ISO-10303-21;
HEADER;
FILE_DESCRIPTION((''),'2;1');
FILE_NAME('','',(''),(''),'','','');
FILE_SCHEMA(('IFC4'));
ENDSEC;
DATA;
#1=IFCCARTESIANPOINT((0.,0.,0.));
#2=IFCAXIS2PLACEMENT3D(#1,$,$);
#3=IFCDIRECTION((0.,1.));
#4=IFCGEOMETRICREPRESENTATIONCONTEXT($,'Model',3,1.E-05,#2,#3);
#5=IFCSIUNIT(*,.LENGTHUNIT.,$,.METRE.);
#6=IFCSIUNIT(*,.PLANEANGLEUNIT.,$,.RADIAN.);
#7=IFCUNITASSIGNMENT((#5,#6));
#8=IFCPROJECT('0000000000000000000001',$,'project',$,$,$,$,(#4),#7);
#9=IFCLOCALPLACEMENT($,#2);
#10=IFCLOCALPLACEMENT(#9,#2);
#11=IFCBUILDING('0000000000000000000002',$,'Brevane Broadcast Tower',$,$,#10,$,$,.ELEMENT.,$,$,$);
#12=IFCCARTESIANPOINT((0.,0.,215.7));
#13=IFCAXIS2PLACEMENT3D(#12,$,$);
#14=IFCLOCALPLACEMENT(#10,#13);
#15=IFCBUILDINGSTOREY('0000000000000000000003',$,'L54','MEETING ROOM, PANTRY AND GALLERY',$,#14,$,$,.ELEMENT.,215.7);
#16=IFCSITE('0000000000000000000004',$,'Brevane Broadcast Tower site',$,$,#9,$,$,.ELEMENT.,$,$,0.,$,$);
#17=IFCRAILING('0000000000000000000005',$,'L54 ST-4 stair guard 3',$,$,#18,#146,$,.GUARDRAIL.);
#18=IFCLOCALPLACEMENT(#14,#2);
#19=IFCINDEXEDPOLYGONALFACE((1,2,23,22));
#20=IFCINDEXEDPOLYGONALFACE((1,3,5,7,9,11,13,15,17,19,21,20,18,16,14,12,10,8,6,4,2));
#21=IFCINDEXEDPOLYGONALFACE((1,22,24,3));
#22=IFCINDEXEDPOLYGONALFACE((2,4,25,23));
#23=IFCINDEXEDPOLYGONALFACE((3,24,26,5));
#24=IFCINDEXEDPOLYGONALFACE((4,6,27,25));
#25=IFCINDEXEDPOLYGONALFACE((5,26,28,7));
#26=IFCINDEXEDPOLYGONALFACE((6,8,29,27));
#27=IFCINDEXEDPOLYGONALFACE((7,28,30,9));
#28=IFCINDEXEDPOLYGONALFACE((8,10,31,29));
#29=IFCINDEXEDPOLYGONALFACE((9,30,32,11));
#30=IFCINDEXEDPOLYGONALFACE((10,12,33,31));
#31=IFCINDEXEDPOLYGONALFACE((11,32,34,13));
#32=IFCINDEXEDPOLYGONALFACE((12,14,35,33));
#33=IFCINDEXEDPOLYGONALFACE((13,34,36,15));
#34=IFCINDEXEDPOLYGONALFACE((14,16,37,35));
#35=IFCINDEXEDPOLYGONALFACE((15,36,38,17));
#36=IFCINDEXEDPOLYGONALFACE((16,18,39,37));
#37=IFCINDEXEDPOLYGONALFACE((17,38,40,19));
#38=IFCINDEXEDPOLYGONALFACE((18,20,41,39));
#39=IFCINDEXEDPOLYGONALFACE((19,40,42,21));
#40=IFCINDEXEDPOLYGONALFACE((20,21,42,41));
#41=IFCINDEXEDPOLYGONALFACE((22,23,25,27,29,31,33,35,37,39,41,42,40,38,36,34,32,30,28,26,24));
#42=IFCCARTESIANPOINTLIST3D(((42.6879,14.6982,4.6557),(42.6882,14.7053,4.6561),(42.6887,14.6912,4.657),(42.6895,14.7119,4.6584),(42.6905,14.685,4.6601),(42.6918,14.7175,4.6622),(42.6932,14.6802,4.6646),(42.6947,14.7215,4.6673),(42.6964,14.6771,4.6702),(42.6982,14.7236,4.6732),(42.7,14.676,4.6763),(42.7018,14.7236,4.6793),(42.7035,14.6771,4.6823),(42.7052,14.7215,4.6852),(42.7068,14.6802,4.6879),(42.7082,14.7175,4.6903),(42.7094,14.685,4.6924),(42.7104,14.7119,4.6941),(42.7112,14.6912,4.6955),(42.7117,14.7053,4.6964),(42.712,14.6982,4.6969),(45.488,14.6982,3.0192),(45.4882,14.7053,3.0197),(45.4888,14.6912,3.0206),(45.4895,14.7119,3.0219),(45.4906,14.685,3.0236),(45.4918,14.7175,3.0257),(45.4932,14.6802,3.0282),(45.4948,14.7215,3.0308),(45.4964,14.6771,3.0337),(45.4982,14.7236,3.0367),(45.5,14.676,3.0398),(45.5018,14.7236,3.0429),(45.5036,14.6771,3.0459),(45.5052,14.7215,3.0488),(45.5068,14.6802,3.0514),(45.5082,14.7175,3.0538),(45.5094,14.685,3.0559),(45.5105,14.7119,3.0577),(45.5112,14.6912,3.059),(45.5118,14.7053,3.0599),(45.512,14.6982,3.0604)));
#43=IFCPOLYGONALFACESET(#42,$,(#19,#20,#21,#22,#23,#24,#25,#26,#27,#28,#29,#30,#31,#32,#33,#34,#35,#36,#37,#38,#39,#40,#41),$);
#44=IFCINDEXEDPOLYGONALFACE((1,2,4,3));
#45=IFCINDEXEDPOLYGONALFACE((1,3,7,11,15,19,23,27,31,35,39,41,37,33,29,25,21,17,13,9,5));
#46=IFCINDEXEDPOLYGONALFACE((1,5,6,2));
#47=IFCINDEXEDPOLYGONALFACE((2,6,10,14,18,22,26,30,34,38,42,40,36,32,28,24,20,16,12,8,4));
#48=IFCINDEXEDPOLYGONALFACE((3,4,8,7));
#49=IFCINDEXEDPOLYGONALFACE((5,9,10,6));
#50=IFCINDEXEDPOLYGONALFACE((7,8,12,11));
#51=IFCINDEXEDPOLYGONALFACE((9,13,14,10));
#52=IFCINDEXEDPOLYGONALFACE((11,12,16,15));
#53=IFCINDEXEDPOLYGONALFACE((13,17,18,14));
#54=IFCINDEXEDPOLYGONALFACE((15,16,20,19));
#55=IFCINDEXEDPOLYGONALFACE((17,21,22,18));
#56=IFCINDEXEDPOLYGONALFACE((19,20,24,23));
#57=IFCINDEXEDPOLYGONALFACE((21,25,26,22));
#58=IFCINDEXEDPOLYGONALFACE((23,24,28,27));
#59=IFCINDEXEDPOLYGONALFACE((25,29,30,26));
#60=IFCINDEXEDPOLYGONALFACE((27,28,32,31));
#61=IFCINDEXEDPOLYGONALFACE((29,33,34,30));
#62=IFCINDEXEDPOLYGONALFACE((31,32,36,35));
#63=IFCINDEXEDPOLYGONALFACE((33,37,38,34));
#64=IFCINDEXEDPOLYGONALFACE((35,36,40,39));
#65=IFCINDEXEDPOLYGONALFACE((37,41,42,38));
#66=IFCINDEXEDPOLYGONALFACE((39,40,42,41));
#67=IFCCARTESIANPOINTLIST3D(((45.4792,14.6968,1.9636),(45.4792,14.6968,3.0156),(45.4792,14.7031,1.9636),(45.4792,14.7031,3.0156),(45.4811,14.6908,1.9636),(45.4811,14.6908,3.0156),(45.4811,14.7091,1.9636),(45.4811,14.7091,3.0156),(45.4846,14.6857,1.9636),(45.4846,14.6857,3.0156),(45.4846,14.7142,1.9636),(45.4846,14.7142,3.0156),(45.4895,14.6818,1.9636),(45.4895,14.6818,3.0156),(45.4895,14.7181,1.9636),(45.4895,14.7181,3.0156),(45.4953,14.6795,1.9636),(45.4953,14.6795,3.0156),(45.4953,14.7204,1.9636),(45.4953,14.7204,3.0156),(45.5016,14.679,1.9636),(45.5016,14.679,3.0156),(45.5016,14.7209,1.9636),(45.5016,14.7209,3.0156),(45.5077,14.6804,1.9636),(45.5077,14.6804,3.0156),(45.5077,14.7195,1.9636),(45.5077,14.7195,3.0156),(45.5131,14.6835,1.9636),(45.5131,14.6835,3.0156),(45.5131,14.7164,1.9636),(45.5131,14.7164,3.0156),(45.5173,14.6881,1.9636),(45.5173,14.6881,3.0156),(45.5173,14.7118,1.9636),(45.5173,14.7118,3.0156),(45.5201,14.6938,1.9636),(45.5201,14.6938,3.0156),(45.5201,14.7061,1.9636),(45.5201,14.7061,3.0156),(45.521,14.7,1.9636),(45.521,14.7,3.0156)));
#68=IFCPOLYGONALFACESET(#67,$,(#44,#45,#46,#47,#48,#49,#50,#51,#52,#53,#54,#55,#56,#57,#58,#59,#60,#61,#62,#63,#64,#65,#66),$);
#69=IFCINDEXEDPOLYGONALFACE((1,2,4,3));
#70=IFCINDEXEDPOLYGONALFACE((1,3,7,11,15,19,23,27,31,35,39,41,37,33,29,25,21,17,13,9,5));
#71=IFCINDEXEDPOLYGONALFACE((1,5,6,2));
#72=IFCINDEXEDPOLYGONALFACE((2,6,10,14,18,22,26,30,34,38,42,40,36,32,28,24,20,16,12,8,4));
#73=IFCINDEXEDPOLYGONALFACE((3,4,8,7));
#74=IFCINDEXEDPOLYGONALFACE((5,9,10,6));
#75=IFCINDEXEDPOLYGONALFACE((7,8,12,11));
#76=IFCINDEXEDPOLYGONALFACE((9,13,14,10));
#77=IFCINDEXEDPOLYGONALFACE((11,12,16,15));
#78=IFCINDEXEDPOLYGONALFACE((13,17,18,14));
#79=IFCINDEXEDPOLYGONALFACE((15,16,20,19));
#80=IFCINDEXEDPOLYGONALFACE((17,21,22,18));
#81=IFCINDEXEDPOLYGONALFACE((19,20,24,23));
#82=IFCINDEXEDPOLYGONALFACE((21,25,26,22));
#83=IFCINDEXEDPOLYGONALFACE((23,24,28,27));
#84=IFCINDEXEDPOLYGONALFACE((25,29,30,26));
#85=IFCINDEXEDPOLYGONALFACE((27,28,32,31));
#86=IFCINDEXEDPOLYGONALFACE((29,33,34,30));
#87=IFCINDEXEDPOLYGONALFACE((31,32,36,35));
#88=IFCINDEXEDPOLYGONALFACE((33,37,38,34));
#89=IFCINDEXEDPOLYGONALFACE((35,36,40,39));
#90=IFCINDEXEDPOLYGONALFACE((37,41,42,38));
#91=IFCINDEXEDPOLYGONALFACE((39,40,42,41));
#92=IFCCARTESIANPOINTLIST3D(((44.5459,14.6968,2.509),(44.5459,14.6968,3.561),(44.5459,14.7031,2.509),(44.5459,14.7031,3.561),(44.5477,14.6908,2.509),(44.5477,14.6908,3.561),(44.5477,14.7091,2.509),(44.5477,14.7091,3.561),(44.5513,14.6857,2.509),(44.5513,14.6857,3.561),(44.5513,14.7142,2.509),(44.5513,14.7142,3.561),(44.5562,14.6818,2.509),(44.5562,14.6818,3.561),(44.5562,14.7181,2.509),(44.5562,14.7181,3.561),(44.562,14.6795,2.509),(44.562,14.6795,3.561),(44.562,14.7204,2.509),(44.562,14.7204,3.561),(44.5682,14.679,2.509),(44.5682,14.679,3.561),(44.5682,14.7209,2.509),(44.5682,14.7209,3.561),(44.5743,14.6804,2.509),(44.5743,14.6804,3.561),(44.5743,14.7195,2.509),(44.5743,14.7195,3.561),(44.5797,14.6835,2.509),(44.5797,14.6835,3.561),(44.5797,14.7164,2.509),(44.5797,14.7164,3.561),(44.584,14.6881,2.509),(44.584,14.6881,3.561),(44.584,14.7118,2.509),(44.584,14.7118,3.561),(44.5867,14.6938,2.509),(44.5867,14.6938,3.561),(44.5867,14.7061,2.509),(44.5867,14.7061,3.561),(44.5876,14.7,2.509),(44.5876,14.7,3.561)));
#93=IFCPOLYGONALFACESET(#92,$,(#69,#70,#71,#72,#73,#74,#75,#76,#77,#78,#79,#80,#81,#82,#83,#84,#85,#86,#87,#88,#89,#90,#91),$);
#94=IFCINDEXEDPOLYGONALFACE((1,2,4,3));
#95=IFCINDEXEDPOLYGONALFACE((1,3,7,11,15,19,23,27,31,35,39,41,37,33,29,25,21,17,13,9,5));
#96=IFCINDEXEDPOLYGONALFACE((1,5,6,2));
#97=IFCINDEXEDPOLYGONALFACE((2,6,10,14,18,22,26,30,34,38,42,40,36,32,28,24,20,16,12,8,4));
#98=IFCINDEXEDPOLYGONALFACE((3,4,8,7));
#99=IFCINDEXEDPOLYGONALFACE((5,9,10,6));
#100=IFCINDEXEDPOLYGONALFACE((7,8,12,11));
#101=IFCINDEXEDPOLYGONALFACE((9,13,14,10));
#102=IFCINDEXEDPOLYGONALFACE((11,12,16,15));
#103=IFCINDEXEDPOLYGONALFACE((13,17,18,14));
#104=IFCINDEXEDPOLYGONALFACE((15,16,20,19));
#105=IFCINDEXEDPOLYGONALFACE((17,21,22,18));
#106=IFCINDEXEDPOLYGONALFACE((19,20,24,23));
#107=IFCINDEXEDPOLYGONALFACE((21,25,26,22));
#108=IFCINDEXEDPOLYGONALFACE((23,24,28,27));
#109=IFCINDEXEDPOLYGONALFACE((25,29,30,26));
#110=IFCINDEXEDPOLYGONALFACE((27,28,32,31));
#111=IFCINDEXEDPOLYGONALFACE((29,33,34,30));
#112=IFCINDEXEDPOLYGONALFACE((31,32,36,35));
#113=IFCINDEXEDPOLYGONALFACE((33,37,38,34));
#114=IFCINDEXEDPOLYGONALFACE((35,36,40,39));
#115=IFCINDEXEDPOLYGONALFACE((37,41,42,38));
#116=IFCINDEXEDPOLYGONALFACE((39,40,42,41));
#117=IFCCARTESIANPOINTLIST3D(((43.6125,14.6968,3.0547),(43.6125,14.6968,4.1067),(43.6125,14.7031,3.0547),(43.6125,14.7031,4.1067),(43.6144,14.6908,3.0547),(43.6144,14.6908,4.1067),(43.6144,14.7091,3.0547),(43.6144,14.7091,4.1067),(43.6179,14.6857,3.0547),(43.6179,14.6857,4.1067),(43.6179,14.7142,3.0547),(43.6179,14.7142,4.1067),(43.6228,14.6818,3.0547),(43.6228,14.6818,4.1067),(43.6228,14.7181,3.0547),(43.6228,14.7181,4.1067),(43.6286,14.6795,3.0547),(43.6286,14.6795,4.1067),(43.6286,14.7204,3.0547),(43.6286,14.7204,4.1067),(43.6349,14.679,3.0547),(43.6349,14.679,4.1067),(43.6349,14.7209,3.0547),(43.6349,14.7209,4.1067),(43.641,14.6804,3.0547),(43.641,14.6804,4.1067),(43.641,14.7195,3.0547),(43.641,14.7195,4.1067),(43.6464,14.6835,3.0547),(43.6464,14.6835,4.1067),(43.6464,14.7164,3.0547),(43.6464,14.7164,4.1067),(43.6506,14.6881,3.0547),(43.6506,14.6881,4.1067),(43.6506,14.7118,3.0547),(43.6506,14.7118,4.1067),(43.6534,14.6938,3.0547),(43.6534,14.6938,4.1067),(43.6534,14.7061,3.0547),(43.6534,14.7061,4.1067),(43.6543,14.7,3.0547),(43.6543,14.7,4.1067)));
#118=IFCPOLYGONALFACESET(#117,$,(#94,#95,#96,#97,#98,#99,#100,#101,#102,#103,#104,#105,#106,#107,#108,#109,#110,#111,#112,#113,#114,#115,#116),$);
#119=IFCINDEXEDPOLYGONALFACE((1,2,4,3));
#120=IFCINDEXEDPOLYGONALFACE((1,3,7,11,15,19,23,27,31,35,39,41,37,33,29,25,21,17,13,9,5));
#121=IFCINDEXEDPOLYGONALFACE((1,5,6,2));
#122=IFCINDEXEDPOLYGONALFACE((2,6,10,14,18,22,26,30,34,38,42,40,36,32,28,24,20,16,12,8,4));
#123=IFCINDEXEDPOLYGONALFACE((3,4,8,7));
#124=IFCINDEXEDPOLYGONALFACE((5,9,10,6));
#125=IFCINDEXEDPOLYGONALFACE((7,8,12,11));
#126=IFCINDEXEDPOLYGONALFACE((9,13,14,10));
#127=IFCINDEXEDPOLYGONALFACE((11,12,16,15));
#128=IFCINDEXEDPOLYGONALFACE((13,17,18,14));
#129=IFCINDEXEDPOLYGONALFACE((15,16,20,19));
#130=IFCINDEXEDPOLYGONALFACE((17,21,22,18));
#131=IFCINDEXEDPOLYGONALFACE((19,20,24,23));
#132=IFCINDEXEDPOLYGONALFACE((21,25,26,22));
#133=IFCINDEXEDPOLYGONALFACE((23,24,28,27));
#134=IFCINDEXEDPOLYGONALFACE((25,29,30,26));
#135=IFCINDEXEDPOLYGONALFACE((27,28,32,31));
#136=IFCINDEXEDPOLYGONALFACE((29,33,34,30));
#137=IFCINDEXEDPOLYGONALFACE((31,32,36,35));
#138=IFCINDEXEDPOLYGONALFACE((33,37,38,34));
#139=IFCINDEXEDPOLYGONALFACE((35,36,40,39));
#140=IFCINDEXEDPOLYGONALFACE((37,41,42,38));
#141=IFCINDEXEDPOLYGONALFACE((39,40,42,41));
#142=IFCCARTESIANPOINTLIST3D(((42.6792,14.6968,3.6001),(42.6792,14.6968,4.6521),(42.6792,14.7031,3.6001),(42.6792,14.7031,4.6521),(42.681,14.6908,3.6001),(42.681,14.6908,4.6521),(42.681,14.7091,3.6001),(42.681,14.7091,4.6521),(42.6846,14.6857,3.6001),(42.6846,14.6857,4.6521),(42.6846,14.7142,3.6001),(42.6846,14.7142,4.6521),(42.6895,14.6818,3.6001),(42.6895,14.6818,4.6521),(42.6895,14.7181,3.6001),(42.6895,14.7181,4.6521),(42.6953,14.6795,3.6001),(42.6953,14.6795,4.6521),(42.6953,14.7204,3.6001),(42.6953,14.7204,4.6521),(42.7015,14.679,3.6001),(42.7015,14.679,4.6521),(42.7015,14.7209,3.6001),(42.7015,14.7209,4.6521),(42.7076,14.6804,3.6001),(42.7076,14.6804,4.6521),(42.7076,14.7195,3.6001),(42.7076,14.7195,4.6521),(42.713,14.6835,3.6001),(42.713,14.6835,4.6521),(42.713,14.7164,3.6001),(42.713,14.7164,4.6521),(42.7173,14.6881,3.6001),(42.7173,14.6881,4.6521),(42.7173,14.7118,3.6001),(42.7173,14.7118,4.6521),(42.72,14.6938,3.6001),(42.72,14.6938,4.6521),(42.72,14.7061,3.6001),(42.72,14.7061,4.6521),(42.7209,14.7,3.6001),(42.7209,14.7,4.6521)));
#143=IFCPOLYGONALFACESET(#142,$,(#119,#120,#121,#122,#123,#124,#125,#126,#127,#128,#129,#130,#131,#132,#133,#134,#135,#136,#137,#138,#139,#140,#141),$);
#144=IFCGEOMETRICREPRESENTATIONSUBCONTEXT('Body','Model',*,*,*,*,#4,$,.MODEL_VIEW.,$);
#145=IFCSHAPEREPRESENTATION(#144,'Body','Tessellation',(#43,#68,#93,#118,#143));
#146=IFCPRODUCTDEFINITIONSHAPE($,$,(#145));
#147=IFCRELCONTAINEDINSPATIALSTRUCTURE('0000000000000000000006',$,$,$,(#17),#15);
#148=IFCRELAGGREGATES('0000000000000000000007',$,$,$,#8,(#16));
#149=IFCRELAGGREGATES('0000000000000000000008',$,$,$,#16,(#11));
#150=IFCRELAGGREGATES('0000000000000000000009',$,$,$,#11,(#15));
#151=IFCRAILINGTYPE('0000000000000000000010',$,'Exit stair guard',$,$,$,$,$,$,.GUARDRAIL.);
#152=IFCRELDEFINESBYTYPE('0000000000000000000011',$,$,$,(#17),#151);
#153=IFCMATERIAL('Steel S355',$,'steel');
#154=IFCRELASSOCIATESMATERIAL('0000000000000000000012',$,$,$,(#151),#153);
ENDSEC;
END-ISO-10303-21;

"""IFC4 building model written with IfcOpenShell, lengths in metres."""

from ifc_helpers import new_model, si_unit, direction, frame, origin, origin_2d, place, context, subcontext, project, spatial, circle, extrude, material, type_object, element, save


model = new_model("IFC4")

# Units and contexts
model_context = context("Model", 3, precision=1e-05, world=origin(), true_north=direction((0.0, 1.0)))
body_context = subcontext(model_context, "Body", "Model", "MODEL_VIEW")
ifc_project = project(units=[si_unit("LENGTHUNIT", "METRE"), si_unit("PLANEANGLEUNIT", "RADIAN")], contexts=[model_context])

# Site, building, storey
site_placement = place(None, origin())
site = spatial("IfcSite", under=ifc_project, at=site_placement, Name="Brevane Broadcast Tower site", CompositionType="ELEMENT", RefElevation=0.0)
building_placement = place(site_placement, origin())
building = spatial("IfcBuilding", under=site, at=building_placement, Name="Brevane Broadcast Tower", CompositionType="ELEMENT")
storey_placement = place(building_placement, frame((0.0, 0.0, 215.7)))
storey = spatial("IfcBuildingStorey", under=building, at=storey_placement, Name="L54", Description="MEETING ROOM, PANTRY AND GALLERY", CompositionType="ELEMENT", Elevation=215.7)

# Railing
ifc_material_1 = material(Name="Steel S355", Category="steel")
railing_type_1 = type_object("IfcRailingType", Name="Exit stair guard", PredefinedType="GUARDRAIL", material=ifc_material_1)
railing_1_placement = place(storey_placement, frame((45.5, 14.7, 1.9636)))
element("IfcRailing", 1, at=railing_1_placement, inside=storey, type_object=railing_type_1, Name="L54 ST-4 stair guard 3", PredefinedType="GUARDRAIL", context=body_context, shape_type="SweptSolid", body=[
    extrude(circle(Radius=0.0239, at=origin_2d()), frame((0.0, 0.0, 1.0762), z_axis=(-0.863361, 0.0, 0.504587), x_axis=(0.0, -1.0, 0.0)), (0.0, 0.0, 1.0), 3.2432),
    extrude(circle(Radius=0.021, at=origin_2d()), origin(), (0.0, 0.0, 1.0), 1.052),
    extrude(circle(Radius=0.021, at=origin_2d()), frame((-0.9333, 0.0, 0.5454)), (0.0, 0.0, 1.0), 1.052),
    extrude(circle(Radius=0.021, at=origin_2d()), frame((-1.8667, 0.0, 1.0911)), (0.0, 0.0, 1.0), 1.052),
    extrude(circle(Radius=0.021, at=origin_2d()), frame((-2.8, 0.0, 1.6365)), (0.0, 0.0, 1.0), 1.052),
])

save(model, "model.ifc")
